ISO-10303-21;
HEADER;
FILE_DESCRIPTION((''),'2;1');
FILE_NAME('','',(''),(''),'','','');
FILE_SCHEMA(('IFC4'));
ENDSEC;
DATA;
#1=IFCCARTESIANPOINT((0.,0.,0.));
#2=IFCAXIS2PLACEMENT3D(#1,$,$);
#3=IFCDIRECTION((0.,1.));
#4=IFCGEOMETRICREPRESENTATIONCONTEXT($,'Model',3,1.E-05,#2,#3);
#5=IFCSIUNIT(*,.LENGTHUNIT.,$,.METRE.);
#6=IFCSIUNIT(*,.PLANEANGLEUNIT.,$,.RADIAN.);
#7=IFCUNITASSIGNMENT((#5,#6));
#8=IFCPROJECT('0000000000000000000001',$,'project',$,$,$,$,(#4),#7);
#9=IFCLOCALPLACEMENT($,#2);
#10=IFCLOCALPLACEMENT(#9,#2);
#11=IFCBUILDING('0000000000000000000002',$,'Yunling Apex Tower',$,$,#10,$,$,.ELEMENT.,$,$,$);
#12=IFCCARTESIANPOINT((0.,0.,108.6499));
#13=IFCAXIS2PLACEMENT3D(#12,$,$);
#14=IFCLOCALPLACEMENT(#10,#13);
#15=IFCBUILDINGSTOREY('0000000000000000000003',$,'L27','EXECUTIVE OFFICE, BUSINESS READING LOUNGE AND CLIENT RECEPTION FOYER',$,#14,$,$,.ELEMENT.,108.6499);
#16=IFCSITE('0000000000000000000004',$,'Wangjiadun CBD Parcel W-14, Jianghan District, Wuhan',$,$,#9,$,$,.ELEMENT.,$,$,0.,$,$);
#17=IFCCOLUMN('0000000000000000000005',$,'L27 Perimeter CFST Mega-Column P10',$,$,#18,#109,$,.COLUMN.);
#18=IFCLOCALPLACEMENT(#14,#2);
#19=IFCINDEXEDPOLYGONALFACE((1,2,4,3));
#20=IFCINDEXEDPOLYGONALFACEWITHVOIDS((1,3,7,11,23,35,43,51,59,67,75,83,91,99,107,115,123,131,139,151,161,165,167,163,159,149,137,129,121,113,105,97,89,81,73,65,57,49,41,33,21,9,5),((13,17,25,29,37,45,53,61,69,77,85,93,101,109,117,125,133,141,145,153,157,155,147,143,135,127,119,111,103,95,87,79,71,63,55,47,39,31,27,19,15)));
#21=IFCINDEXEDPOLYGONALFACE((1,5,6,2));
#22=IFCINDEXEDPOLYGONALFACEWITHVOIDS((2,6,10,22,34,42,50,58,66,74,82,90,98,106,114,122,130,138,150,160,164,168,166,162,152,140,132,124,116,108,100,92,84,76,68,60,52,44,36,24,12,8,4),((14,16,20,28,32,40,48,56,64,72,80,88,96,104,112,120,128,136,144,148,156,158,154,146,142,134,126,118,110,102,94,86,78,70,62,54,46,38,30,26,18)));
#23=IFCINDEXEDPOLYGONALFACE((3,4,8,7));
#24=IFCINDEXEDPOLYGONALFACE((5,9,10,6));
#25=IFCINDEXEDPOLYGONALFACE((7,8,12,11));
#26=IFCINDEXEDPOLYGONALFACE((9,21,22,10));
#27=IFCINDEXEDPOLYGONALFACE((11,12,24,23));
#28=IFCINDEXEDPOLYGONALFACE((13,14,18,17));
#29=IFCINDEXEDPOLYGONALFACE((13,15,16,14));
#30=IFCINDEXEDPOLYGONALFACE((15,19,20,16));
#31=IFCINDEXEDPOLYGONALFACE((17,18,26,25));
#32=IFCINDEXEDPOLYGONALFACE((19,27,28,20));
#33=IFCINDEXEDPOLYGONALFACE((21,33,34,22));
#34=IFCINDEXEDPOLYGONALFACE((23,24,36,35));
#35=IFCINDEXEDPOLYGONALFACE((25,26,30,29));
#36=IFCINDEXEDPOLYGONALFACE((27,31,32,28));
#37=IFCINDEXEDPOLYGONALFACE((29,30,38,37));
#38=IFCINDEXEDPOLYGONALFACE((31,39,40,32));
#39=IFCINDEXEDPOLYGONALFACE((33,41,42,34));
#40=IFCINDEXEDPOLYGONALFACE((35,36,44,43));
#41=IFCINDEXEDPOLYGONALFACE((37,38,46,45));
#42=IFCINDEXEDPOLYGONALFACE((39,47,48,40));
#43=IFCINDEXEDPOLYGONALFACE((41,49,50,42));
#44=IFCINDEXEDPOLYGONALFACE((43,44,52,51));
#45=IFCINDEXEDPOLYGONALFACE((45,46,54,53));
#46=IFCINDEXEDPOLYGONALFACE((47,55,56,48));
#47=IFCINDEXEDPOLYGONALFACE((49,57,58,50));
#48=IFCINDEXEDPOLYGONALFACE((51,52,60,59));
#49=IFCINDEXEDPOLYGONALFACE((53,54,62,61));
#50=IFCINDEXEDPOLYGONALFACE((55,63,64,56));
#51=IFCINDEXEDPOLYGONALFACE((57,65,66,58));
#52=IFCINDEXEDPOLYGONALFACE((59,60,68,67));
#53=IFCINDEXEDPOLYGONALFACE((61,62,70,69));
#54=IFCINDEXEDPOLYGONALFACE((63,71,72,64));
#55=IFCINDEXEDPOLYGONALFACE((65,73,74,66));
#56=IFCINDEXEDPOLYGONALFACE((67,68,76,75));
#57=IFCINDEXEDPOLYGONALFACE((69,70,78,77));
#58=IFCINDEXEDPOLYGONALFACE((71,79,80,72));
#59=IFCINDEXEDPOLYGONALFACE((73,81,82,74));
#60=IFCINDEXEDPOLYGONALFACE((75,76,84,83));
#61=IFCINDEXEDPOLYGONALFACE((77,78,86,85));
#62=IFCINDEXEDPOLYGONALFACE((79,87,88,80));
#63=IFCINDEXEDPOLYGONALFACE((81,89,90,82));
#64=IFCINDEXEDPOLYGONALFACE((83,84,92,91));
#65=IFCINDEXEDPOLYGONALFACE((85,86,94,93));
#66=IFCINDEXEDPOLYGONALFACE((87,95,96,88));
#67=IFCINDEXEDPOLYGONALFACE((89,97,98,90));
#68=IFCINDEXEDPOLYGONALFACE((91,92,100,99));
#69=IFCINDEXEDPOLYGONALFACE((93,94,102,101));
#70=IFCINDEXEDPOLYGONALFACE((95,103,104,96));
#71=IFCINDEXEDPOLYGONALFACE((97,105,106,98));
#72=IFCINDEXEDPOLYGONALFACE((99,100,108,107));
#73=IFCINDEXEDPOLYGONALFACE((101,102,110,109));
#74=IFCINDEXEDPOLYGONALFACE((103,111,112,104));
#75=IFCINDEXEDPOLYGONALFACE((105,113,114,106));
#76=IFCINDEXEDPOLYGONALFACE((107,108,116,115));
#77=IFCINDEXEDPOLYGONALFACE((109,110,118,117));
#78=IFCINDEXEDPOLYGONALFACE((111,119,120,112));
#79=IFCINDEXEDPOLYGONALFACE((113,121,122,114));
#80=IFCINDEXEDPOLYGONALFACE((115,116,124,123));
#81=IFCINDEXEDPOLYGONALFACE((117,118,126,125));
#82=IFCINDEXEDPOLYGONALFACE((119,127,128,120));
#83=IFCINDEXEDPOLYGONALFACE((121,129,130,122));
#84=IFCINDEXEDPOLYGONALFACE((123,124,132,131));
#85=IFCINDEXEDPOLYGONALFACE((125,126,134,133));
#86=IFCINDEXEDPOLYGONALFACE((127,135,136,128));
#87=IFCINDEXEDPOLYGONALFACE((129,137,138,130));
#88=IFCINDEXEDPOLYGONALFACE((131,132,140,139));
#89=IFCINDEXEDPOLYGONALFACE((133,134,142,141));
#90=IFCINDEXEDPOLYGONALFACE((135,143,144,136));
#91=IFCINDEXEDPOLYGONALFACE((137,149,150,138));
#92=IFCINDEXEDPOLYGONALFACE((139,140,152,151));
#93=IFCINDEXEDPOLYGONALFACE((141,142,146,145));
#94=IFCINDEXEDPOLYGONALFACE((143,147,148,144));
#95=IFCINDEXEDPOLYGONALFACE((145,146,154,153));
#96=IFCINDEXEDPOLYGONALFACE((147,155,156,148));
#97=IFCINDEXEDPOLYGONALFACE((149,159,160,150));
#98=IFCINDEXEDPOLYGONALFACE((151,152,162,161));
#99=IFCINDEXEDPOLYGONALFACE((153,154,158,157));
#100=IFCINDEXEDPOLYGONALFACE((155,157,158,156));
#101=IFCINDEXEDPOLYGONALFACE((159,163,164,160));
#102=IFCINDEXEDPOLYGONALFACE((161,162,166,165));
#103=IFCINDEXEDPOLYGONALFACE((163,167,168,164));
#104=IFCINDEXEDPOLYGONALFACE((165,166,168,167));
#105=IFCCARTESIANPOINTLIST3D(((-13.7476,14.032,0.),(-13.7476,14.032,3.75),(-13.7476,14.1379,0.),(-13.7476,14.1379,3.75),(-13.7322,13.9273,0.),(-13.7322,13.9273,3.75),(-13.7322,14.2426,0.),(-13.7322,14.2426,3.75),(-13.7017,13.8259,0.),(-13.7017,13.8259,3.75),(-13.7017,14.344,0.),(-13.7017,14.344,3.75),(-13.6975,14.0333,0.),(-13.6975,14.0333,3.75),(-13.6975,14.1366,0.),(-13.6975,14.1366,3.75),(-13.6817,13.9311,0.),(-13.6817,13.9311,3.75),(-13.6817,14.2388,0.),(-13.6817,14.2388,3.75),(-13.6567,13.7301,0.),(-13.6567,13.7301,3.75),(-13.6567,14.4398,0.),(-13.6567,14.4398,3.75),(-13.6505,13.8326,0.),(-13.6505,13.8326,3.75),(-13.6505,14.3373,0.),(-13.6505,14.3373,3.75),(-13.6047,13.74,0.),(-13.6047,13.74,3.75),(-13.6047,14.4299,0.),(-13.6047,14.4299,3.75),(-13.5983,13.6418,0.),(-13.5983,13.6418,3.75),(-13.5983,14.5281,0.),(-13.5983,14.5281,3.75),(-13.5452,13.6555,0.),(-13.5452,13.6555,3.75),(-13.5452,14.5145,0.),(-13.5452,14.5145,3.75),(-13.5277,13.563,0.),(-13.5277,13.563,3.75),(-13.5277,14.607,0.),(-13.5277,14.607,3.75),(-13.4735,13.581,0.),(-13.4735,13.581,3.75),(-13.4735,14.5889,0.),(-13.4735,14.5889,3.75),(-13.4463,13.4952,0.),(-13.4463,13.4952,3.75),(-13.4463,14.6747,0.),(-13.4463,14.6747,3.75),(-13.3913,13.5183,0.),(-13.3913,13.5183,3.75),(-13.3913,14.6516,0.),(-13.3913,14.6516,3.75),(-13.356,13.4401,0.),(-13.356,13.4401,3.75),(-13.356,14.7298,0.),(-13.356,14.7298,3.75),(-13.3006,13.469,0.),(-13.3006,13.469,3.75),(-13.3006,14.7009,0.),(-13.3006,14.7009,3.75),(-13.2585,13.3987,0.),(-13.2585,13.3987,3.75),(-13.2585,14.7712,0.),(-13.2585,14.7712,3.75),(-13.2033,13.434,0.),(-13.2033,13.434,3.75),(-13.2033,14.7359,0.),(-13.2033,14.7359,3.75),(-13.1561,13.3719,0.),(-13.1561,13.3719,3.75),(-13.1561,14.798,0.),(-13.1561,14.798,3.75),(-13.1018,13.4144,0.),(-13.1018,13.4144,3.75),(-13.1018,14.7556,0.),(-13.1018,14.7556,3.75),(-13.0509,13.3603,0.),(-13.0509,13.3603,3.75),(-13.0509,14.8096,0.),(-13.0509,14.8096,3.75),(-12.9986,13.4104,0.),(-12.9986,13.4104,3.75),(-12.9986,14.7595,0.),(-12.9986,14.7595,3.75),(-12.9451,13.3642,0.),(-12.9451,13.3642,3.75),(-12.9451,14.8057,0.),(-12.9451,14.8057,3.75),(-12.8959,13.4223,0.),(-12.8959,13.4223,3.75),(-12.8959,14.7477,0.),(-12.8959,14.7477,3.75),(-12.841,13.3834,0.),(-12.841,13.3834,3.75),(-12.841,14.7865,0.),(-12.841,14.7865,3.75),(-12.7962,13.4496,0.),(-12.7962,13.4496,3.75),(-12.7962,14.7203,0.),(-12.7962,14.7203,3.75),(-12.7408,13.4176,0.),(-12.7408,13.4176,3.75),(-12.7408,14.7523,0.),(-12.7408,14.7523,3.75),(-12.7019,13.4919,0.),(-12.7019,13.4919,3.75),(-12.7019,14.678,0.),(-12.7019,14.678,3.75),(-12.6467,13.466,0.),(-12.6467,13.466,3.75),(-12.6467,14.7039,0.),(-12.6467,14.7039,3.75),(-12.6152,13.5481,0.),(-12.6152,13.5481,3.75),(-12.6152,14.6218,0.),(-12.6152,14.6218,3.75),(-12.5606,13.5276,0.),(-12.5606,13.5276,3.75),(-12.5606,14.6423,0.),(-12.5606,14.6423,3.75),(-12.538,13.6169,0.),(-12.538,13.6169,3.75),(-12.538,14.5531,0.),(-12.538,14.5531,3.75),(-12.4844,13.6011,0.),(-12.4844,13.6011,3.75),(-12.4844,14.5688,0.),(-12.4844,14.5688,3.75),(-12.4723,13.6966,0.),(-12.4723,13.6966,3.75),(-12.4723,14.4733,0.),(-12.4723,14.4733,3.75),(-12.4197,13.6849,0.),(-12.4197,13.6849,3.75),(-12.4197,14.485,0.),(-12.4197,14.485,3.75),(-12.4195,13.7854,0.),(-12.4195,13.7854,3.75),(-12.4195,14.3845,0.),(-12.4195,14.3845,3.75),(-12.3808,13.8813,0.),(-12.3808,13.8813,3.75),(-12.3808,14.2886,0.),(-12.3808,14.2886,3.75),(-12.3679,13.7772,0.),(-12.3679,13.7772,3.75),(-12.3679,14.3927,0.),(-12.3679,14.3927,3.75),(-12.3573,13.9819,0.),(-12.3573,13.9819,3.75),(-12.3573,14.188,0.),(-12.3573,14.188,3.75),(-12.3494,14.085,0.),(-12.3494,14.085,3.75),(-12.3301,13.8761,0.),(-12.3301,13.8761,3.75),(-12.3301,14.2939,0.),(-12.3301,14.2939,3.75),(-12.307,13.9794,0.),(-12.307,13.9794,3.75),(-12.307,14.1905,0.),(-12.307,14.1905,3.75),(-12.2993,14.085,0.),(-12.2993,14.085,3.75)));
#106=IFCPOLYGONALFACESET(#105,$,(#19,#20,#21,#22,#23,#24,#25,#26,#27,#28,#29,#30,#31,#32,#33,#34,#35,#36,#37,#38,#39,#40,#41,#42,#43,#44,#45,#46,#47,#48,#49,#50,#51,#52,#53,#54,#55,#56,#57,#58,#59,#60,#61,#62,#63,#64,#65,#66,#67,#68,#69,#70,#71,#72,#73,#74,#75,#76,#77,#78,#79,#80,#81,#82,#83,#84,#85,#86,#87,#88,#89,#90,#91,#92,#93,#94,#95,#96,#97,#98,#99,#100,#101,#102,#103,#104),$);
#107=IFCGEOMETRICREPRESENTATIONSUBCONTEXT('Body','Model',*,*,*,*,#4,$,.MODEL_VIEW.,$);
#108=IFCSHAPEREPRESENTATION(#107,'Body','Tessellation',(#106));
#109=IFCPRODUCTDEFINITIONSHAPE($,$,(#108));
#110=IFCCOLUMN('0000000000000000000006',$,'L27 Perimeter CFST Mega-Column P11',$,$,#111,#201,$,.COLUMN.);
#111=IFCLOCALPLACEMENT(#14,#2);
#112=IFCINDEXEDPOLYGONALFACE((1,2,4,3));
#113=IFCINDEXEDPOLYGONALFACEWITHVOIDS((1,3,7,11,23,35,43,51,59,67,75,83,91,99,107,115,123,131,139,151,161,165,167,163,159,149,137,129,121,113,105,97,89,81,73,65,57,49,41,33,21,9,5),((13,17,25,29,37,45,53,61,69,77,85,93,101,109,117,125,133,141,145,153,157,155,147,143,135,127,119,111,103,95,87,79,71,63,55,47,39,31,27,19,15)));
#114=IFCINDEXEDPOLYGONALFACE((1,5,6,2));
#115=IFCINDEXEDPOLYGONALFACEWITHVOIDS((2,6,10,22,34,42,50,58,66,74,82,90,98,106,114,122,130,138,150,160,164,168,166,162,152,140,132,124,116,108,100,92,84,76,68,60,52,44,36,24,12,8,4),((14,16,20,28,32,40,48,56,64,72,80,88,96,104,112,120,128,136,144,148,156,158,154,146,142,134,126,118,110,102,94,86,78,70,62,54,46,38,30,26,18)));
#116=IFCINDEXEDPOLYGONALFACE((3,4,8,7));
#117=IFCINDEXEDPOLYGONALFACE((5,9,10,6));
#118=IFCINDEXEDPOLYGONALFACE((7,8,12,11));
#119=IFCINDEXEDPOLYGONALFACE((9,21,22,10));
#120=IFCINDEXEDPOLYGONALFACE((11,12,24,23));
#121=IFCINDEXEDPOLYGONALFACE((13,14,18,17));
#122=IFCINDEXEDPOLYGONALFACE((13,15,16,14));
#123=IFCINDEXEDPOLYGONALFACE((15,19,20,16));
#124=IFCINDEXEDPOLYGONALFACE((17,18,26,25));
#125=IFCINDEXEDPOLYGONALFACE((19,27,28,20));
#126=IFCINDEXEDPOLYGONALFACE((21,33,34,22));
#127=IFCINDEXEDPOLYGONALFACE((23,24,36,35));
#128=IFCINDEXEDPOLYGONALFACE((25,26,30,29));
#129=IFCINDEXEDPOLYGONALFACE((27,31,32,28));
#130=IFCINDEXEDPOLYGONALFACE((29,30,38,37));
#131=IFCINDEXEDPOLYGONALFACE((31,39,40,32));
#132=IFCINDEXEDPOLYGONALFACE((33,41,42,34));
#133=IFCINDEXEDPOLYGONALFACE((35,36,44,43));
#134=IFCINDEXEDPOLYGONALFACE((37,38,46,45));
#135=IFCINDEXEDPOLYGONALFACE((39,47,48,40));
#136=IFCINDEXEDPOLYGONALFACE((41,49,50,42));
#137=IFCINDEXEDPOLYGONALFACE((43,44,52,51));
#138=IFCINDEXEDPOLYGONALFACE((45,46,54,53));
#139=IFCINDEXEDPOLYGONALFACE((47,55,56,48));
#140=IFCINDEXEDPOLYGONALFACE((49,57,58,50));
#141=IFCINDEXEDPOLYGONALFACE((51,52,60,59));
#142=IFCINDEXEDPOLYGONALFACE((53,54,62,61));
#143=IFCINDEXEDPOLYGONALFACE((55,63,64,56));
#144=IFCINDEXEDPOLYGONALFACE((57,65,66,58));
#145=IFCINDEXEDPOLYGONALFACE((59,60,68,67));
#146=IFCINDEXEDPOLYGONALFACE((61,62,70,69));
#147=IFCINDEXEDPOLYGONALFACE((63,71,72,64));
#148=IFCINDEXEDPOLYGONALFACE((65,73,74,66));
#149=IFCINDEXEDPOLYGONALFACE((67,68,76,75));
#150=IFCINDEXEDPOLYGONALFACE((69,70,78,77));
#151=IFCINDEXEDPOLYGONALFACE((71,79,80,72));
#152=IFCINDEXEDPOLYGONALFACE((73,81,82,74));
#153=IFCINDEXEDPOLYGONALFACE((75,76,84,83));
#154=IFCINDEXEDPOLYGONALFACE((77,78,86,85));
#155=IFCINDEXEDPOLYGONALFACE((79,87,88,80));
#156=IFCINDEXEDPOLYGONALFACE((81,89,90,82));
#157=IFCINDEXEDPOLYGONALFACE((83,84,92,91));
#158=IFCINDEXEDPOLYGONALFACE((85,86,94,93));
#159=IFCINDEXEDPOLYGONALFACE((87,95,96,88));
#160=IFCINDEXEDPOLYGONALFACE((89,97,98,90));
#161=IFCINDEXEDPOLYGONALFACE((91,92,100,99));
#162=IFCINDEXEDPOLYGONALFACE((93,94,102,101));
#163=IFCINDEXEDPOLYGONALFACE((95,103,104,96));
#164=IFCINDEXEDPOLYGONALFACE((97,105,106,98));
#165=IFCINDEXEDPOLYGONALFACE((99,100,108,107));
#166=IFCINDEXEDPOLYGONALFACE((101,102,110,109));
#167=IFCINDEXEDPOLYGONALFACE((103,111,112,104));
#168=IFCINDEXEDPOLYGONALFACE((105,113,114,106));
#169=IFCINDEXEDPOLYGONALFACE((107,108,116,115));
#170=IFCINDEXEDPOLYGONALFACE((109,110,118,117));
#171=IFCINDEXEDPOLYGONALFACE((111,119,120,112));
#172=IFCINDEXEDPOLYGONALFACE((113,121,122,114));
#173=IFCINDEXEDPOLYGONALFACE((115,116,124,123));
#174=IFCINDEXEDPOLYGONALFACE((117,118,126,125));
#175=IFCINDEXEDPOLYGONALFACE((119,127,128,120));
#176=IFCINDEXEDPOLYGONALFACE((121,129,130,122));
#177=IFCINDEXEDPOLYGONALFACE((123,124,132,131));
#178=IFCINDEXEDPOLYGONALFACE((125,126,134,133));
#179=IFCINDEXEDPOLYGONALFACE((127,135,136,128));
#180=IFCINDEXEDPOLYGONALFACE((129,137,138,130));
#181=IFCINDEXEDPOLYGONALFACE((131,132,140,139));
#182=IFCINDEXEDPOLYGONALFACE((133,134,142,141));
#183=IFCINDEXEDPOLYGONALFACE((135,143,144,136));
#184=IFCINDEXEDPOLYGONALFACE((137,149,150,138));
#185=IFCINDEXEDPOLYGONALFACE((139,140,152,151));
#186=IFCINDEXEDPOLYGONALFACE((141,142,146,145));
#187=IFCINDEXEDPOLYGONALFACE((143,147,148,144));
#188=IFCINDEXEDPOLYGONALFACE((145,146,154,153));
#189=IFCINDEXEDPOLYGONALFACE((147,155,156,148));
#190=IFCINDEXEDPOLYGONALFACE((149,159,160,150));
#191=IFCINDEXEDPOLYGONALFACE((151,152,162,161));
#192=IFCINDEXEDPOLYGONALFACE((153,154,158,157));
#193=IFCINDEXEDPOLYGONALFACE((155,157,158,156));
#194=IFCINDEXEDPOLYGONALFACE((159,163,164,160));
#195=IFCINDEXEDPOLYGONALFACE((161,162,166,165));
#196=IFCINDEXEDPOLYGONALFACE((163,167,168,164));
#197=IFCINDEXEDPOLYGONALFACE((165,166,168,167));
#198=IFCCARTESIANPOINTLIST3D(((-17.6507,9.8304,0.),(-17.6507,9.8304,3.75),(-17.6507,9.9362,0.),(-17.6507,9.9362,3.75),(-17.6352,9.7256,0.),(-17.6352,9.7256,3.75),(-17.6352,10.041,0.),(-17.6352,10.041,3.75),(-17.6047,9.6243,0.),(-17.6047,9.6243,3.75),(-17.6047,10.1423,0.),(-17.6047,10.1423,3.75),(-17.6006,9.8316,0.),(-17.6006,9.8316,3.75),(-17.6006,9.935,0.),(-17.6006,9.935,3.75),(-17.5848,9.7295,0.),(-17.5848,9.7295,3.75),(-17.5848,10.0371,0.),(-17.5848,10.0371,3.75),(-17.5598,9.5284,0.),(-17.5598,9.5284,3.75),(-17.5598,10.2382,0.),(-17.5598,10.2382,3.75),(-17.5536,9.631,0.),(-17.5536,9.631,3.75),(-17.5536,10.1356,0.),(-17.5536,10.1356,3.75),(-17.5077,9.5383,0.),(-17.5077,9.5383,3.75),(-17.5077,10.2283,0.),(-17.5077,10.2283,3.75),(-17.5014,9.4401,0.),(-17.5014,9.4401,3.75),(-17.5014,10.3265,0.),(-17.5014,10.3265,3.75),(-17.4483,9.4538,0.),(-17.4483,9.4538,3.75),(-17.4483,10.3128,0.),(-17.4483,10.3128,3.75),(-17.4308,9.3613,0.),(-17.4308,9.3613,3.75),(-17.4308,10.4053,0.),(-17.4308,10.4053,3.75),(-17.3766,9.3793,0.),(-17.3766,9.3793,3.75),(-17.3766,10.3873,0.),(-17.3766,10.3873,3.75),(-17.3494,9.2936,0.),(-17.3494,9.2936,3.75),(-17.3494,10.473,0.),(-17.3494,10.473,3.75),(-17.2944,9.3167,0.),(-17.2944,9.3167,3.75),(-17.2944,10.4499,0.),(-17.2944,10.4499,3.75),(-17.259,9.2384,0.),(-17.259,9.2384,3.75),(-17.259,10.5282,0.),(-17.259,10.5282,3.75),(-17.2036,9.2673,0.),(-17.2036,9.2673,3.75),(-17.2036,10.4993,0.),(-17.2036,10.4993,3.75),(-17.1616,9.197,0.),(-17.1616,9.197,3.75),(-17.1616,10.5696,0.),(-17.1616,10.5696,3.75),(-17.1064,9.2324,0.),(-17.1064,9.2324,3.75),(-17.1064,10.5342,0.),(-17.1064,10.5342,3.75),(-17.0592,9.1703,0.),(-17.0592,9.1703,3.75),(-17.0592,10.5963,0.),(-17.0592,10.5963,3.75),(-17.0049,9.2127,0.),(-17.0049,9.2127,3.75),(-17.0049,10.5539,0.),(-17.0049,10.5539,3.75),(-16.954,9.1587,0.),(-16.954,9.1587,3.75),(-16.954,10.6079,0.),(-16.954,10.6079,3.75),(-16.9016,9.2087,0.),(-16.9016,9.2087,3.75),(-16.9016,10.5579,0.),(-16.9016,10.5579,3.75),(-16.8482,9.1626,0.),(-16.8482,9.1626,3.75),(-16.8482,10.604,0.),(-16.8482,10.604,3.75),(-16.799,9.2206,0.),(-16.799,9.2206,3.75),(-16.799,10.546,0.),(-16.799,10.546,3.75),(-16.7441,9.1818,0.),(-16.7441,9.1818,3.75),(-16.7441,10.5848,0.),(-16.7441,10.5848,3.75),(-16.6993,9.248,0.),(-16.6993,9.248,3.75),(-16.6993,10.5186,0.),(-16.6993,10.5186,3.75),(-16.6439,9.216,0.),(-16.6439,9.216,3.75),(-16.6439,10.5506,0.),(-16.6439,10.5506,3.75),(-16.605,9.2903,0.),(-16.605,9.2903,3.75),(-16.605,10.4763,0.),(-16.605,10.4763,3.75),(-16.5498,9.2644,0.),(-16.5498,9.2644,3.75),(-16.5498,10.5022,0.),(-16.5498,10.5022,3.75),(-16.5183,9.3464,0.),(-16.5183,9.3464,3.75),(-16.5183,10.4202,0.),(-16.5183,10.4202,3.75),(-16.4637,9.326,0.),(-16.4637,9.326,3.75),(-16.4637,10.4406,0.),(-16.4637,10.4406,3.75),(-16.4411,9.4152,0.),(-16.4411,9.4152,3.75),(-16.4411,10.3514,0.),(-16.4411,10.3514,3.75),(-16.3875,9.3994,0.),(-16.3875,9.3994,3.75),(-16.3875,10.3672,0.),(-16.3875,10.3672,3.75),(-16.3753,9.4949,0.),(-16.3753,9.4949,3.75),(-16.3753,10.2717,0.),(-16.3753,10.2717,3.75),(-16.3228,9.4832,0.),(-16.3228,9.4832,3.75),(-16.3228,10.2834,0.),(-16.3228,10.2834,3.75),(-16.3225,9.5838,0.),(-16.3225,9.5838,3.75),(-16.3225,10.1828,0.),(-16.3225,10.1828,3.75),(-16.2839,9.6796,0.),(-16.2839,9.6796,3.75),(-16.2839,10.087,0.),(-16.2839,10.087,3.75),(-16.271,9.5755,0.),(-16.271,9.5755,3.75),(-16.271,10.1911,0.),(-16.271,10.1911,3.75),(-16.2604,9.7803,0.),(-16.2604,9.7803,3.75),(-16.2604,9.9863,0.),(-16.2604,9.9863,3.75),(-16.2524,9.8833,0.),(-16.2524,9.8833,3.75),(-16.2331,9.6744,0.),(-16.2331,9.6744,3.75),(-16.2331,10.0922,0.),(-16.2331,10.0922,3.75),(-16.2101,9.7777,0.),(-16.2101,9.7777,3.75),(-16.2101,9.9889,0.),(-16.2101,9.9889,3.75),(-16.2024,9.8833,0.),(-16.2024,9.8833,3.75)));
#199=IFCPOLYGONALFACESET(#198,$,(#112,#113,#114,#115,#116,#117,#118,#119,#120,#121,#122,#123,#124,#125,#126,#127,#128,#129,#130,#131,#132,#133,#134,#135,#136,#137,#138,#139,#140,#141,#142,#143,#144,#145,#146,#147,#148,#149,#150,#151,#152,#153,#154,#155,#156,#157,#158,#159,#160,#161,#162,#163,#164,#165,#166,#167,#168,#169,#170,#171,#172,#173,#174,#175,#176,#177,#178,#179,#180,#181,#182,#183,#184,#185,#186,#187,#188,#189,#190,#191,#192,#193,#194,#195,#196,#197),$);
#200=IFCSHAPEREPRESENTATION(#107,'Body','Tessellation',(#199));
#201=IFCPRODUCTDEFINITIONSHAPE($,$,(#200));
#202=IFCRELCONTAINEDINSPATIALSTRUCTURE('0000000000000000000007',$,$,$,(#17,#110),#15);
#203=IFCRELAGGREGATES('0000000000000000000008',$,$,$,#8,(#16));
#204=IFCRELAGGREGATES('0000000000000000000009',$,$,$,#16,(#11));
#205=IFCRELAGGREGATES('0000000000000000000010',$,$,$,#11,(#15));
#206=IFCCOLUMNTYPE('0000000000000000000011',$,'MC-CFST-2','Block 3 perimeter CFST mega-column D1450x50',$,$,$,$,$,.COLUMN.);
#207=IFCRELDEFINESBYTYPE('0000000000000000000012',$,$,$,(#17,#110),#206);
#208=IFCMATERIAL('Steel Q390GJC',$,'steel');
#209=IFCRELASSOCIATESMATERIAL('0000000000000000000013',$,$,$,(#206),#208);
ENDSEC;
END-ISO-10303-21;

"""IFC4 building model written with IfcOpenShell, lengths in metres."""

from ifc_helpers import new_model, si_unit, direction, frame, origin, origin_2d, place, context, subcontext, project, spatial, hollow_circle, extrude, source, transform, mapped, material, material_profile, profile_set, type_object, element, save


model = new_model("IFC4")

# Units and contexts
model_context = context("Model", 3, precision=1e-05, world=origin(), true_north=direction((0.0, 1.0)))
body_context = subcontext(model_context, "Body", "Model", "MODEL_VIEW")
ifc_project = project(units=[si_unit("LENGTHUNIT", "METRE"), si_unit("PLANEANGLEUNIT", "RADIAN")], contexts=[model_context])

# Site, building, storey
site_placement = place(None, origin())
site = spatial("IfcSite", under=ifc_project, at=site_placement, Name="Wangjiadun CBD Parcel W-14, Jianghan District, Wuhan", CompositionType="ELEMENT", RefElevation=0.0)
building_placement = place(site_placement, origin())
building = spatial("IfcBuilding", under=site, at=building_placement, Name="Yunling Apex Tower", CompositionType="ELEMENT")
storey_placement = place(building_placement, frame((0.0, 0.0, 108.6499)))
storey = spatial("IfcBuildingStorey", under=building, at=storey_placement, Name="L27", Description="EXECUTIVE OFFICE, BUSINESS READING LOUNGE AND CLIENT RECEPTION FOYER", CompositionType="ELEMENT", Elevation=108.6499)

# Columns
ifc_material_1 = material(Name="Steel Q390GJC", Category="steel")
ifc_material_profile_1 = material_profile(ifc_material_1, hollow_circle(Radius=0.7251, WallThickness=0.05, at=origin_2d()))
ifc_profile_set_1 = profile_set([ifc_material_profile_1], Name="Steel Q390GJC")
column_type = type_object("IfcColumnType", Name="MC-CFST-2", Description="Block 3 perimeter CFST mega-column D1450x50", PredefinedType="COLUMN", material=ifc_profile_set_1)
shared_shape_1 = source(origin(), body_context, "Body", "SweptSolid", [
    extrude(hollow_circle(Radius=0.7251, WallThickness=0.05, at=origin_2d()), origin(), (0.0, 0.0, 1.0), 3.75),
])
for number, where, z_axis, x_axis, name in (
    (1, (-13.0244, 14.085, 0.0), (0.0, 0.0, 1.0), (1.0, 0.0, 0.0), "L27 Perimeter CFST Mega-Column P10"),
    (2, (-16.9275, 9.8833, 0.0), (0.0, 0.0, 1.0), (1.0, 0.0, 0.0), "L27 Perimeter CFST Mega-Column P11"),
):
    element("IfcColumn", number, at=place(storey_placement, frame(where, z_axis=z_axis, x_axis=x_axis)), inside=storey, type_object=column_type, Name=name, PredefinedType="COLUMN", context=body_context, shape_type="MappedRepresentation", body=[
        mapped(shared_shape_1, transform((0.0, 0.0, 0.0), scale=1.0)),
    ])

save(model, "model.ifc")
